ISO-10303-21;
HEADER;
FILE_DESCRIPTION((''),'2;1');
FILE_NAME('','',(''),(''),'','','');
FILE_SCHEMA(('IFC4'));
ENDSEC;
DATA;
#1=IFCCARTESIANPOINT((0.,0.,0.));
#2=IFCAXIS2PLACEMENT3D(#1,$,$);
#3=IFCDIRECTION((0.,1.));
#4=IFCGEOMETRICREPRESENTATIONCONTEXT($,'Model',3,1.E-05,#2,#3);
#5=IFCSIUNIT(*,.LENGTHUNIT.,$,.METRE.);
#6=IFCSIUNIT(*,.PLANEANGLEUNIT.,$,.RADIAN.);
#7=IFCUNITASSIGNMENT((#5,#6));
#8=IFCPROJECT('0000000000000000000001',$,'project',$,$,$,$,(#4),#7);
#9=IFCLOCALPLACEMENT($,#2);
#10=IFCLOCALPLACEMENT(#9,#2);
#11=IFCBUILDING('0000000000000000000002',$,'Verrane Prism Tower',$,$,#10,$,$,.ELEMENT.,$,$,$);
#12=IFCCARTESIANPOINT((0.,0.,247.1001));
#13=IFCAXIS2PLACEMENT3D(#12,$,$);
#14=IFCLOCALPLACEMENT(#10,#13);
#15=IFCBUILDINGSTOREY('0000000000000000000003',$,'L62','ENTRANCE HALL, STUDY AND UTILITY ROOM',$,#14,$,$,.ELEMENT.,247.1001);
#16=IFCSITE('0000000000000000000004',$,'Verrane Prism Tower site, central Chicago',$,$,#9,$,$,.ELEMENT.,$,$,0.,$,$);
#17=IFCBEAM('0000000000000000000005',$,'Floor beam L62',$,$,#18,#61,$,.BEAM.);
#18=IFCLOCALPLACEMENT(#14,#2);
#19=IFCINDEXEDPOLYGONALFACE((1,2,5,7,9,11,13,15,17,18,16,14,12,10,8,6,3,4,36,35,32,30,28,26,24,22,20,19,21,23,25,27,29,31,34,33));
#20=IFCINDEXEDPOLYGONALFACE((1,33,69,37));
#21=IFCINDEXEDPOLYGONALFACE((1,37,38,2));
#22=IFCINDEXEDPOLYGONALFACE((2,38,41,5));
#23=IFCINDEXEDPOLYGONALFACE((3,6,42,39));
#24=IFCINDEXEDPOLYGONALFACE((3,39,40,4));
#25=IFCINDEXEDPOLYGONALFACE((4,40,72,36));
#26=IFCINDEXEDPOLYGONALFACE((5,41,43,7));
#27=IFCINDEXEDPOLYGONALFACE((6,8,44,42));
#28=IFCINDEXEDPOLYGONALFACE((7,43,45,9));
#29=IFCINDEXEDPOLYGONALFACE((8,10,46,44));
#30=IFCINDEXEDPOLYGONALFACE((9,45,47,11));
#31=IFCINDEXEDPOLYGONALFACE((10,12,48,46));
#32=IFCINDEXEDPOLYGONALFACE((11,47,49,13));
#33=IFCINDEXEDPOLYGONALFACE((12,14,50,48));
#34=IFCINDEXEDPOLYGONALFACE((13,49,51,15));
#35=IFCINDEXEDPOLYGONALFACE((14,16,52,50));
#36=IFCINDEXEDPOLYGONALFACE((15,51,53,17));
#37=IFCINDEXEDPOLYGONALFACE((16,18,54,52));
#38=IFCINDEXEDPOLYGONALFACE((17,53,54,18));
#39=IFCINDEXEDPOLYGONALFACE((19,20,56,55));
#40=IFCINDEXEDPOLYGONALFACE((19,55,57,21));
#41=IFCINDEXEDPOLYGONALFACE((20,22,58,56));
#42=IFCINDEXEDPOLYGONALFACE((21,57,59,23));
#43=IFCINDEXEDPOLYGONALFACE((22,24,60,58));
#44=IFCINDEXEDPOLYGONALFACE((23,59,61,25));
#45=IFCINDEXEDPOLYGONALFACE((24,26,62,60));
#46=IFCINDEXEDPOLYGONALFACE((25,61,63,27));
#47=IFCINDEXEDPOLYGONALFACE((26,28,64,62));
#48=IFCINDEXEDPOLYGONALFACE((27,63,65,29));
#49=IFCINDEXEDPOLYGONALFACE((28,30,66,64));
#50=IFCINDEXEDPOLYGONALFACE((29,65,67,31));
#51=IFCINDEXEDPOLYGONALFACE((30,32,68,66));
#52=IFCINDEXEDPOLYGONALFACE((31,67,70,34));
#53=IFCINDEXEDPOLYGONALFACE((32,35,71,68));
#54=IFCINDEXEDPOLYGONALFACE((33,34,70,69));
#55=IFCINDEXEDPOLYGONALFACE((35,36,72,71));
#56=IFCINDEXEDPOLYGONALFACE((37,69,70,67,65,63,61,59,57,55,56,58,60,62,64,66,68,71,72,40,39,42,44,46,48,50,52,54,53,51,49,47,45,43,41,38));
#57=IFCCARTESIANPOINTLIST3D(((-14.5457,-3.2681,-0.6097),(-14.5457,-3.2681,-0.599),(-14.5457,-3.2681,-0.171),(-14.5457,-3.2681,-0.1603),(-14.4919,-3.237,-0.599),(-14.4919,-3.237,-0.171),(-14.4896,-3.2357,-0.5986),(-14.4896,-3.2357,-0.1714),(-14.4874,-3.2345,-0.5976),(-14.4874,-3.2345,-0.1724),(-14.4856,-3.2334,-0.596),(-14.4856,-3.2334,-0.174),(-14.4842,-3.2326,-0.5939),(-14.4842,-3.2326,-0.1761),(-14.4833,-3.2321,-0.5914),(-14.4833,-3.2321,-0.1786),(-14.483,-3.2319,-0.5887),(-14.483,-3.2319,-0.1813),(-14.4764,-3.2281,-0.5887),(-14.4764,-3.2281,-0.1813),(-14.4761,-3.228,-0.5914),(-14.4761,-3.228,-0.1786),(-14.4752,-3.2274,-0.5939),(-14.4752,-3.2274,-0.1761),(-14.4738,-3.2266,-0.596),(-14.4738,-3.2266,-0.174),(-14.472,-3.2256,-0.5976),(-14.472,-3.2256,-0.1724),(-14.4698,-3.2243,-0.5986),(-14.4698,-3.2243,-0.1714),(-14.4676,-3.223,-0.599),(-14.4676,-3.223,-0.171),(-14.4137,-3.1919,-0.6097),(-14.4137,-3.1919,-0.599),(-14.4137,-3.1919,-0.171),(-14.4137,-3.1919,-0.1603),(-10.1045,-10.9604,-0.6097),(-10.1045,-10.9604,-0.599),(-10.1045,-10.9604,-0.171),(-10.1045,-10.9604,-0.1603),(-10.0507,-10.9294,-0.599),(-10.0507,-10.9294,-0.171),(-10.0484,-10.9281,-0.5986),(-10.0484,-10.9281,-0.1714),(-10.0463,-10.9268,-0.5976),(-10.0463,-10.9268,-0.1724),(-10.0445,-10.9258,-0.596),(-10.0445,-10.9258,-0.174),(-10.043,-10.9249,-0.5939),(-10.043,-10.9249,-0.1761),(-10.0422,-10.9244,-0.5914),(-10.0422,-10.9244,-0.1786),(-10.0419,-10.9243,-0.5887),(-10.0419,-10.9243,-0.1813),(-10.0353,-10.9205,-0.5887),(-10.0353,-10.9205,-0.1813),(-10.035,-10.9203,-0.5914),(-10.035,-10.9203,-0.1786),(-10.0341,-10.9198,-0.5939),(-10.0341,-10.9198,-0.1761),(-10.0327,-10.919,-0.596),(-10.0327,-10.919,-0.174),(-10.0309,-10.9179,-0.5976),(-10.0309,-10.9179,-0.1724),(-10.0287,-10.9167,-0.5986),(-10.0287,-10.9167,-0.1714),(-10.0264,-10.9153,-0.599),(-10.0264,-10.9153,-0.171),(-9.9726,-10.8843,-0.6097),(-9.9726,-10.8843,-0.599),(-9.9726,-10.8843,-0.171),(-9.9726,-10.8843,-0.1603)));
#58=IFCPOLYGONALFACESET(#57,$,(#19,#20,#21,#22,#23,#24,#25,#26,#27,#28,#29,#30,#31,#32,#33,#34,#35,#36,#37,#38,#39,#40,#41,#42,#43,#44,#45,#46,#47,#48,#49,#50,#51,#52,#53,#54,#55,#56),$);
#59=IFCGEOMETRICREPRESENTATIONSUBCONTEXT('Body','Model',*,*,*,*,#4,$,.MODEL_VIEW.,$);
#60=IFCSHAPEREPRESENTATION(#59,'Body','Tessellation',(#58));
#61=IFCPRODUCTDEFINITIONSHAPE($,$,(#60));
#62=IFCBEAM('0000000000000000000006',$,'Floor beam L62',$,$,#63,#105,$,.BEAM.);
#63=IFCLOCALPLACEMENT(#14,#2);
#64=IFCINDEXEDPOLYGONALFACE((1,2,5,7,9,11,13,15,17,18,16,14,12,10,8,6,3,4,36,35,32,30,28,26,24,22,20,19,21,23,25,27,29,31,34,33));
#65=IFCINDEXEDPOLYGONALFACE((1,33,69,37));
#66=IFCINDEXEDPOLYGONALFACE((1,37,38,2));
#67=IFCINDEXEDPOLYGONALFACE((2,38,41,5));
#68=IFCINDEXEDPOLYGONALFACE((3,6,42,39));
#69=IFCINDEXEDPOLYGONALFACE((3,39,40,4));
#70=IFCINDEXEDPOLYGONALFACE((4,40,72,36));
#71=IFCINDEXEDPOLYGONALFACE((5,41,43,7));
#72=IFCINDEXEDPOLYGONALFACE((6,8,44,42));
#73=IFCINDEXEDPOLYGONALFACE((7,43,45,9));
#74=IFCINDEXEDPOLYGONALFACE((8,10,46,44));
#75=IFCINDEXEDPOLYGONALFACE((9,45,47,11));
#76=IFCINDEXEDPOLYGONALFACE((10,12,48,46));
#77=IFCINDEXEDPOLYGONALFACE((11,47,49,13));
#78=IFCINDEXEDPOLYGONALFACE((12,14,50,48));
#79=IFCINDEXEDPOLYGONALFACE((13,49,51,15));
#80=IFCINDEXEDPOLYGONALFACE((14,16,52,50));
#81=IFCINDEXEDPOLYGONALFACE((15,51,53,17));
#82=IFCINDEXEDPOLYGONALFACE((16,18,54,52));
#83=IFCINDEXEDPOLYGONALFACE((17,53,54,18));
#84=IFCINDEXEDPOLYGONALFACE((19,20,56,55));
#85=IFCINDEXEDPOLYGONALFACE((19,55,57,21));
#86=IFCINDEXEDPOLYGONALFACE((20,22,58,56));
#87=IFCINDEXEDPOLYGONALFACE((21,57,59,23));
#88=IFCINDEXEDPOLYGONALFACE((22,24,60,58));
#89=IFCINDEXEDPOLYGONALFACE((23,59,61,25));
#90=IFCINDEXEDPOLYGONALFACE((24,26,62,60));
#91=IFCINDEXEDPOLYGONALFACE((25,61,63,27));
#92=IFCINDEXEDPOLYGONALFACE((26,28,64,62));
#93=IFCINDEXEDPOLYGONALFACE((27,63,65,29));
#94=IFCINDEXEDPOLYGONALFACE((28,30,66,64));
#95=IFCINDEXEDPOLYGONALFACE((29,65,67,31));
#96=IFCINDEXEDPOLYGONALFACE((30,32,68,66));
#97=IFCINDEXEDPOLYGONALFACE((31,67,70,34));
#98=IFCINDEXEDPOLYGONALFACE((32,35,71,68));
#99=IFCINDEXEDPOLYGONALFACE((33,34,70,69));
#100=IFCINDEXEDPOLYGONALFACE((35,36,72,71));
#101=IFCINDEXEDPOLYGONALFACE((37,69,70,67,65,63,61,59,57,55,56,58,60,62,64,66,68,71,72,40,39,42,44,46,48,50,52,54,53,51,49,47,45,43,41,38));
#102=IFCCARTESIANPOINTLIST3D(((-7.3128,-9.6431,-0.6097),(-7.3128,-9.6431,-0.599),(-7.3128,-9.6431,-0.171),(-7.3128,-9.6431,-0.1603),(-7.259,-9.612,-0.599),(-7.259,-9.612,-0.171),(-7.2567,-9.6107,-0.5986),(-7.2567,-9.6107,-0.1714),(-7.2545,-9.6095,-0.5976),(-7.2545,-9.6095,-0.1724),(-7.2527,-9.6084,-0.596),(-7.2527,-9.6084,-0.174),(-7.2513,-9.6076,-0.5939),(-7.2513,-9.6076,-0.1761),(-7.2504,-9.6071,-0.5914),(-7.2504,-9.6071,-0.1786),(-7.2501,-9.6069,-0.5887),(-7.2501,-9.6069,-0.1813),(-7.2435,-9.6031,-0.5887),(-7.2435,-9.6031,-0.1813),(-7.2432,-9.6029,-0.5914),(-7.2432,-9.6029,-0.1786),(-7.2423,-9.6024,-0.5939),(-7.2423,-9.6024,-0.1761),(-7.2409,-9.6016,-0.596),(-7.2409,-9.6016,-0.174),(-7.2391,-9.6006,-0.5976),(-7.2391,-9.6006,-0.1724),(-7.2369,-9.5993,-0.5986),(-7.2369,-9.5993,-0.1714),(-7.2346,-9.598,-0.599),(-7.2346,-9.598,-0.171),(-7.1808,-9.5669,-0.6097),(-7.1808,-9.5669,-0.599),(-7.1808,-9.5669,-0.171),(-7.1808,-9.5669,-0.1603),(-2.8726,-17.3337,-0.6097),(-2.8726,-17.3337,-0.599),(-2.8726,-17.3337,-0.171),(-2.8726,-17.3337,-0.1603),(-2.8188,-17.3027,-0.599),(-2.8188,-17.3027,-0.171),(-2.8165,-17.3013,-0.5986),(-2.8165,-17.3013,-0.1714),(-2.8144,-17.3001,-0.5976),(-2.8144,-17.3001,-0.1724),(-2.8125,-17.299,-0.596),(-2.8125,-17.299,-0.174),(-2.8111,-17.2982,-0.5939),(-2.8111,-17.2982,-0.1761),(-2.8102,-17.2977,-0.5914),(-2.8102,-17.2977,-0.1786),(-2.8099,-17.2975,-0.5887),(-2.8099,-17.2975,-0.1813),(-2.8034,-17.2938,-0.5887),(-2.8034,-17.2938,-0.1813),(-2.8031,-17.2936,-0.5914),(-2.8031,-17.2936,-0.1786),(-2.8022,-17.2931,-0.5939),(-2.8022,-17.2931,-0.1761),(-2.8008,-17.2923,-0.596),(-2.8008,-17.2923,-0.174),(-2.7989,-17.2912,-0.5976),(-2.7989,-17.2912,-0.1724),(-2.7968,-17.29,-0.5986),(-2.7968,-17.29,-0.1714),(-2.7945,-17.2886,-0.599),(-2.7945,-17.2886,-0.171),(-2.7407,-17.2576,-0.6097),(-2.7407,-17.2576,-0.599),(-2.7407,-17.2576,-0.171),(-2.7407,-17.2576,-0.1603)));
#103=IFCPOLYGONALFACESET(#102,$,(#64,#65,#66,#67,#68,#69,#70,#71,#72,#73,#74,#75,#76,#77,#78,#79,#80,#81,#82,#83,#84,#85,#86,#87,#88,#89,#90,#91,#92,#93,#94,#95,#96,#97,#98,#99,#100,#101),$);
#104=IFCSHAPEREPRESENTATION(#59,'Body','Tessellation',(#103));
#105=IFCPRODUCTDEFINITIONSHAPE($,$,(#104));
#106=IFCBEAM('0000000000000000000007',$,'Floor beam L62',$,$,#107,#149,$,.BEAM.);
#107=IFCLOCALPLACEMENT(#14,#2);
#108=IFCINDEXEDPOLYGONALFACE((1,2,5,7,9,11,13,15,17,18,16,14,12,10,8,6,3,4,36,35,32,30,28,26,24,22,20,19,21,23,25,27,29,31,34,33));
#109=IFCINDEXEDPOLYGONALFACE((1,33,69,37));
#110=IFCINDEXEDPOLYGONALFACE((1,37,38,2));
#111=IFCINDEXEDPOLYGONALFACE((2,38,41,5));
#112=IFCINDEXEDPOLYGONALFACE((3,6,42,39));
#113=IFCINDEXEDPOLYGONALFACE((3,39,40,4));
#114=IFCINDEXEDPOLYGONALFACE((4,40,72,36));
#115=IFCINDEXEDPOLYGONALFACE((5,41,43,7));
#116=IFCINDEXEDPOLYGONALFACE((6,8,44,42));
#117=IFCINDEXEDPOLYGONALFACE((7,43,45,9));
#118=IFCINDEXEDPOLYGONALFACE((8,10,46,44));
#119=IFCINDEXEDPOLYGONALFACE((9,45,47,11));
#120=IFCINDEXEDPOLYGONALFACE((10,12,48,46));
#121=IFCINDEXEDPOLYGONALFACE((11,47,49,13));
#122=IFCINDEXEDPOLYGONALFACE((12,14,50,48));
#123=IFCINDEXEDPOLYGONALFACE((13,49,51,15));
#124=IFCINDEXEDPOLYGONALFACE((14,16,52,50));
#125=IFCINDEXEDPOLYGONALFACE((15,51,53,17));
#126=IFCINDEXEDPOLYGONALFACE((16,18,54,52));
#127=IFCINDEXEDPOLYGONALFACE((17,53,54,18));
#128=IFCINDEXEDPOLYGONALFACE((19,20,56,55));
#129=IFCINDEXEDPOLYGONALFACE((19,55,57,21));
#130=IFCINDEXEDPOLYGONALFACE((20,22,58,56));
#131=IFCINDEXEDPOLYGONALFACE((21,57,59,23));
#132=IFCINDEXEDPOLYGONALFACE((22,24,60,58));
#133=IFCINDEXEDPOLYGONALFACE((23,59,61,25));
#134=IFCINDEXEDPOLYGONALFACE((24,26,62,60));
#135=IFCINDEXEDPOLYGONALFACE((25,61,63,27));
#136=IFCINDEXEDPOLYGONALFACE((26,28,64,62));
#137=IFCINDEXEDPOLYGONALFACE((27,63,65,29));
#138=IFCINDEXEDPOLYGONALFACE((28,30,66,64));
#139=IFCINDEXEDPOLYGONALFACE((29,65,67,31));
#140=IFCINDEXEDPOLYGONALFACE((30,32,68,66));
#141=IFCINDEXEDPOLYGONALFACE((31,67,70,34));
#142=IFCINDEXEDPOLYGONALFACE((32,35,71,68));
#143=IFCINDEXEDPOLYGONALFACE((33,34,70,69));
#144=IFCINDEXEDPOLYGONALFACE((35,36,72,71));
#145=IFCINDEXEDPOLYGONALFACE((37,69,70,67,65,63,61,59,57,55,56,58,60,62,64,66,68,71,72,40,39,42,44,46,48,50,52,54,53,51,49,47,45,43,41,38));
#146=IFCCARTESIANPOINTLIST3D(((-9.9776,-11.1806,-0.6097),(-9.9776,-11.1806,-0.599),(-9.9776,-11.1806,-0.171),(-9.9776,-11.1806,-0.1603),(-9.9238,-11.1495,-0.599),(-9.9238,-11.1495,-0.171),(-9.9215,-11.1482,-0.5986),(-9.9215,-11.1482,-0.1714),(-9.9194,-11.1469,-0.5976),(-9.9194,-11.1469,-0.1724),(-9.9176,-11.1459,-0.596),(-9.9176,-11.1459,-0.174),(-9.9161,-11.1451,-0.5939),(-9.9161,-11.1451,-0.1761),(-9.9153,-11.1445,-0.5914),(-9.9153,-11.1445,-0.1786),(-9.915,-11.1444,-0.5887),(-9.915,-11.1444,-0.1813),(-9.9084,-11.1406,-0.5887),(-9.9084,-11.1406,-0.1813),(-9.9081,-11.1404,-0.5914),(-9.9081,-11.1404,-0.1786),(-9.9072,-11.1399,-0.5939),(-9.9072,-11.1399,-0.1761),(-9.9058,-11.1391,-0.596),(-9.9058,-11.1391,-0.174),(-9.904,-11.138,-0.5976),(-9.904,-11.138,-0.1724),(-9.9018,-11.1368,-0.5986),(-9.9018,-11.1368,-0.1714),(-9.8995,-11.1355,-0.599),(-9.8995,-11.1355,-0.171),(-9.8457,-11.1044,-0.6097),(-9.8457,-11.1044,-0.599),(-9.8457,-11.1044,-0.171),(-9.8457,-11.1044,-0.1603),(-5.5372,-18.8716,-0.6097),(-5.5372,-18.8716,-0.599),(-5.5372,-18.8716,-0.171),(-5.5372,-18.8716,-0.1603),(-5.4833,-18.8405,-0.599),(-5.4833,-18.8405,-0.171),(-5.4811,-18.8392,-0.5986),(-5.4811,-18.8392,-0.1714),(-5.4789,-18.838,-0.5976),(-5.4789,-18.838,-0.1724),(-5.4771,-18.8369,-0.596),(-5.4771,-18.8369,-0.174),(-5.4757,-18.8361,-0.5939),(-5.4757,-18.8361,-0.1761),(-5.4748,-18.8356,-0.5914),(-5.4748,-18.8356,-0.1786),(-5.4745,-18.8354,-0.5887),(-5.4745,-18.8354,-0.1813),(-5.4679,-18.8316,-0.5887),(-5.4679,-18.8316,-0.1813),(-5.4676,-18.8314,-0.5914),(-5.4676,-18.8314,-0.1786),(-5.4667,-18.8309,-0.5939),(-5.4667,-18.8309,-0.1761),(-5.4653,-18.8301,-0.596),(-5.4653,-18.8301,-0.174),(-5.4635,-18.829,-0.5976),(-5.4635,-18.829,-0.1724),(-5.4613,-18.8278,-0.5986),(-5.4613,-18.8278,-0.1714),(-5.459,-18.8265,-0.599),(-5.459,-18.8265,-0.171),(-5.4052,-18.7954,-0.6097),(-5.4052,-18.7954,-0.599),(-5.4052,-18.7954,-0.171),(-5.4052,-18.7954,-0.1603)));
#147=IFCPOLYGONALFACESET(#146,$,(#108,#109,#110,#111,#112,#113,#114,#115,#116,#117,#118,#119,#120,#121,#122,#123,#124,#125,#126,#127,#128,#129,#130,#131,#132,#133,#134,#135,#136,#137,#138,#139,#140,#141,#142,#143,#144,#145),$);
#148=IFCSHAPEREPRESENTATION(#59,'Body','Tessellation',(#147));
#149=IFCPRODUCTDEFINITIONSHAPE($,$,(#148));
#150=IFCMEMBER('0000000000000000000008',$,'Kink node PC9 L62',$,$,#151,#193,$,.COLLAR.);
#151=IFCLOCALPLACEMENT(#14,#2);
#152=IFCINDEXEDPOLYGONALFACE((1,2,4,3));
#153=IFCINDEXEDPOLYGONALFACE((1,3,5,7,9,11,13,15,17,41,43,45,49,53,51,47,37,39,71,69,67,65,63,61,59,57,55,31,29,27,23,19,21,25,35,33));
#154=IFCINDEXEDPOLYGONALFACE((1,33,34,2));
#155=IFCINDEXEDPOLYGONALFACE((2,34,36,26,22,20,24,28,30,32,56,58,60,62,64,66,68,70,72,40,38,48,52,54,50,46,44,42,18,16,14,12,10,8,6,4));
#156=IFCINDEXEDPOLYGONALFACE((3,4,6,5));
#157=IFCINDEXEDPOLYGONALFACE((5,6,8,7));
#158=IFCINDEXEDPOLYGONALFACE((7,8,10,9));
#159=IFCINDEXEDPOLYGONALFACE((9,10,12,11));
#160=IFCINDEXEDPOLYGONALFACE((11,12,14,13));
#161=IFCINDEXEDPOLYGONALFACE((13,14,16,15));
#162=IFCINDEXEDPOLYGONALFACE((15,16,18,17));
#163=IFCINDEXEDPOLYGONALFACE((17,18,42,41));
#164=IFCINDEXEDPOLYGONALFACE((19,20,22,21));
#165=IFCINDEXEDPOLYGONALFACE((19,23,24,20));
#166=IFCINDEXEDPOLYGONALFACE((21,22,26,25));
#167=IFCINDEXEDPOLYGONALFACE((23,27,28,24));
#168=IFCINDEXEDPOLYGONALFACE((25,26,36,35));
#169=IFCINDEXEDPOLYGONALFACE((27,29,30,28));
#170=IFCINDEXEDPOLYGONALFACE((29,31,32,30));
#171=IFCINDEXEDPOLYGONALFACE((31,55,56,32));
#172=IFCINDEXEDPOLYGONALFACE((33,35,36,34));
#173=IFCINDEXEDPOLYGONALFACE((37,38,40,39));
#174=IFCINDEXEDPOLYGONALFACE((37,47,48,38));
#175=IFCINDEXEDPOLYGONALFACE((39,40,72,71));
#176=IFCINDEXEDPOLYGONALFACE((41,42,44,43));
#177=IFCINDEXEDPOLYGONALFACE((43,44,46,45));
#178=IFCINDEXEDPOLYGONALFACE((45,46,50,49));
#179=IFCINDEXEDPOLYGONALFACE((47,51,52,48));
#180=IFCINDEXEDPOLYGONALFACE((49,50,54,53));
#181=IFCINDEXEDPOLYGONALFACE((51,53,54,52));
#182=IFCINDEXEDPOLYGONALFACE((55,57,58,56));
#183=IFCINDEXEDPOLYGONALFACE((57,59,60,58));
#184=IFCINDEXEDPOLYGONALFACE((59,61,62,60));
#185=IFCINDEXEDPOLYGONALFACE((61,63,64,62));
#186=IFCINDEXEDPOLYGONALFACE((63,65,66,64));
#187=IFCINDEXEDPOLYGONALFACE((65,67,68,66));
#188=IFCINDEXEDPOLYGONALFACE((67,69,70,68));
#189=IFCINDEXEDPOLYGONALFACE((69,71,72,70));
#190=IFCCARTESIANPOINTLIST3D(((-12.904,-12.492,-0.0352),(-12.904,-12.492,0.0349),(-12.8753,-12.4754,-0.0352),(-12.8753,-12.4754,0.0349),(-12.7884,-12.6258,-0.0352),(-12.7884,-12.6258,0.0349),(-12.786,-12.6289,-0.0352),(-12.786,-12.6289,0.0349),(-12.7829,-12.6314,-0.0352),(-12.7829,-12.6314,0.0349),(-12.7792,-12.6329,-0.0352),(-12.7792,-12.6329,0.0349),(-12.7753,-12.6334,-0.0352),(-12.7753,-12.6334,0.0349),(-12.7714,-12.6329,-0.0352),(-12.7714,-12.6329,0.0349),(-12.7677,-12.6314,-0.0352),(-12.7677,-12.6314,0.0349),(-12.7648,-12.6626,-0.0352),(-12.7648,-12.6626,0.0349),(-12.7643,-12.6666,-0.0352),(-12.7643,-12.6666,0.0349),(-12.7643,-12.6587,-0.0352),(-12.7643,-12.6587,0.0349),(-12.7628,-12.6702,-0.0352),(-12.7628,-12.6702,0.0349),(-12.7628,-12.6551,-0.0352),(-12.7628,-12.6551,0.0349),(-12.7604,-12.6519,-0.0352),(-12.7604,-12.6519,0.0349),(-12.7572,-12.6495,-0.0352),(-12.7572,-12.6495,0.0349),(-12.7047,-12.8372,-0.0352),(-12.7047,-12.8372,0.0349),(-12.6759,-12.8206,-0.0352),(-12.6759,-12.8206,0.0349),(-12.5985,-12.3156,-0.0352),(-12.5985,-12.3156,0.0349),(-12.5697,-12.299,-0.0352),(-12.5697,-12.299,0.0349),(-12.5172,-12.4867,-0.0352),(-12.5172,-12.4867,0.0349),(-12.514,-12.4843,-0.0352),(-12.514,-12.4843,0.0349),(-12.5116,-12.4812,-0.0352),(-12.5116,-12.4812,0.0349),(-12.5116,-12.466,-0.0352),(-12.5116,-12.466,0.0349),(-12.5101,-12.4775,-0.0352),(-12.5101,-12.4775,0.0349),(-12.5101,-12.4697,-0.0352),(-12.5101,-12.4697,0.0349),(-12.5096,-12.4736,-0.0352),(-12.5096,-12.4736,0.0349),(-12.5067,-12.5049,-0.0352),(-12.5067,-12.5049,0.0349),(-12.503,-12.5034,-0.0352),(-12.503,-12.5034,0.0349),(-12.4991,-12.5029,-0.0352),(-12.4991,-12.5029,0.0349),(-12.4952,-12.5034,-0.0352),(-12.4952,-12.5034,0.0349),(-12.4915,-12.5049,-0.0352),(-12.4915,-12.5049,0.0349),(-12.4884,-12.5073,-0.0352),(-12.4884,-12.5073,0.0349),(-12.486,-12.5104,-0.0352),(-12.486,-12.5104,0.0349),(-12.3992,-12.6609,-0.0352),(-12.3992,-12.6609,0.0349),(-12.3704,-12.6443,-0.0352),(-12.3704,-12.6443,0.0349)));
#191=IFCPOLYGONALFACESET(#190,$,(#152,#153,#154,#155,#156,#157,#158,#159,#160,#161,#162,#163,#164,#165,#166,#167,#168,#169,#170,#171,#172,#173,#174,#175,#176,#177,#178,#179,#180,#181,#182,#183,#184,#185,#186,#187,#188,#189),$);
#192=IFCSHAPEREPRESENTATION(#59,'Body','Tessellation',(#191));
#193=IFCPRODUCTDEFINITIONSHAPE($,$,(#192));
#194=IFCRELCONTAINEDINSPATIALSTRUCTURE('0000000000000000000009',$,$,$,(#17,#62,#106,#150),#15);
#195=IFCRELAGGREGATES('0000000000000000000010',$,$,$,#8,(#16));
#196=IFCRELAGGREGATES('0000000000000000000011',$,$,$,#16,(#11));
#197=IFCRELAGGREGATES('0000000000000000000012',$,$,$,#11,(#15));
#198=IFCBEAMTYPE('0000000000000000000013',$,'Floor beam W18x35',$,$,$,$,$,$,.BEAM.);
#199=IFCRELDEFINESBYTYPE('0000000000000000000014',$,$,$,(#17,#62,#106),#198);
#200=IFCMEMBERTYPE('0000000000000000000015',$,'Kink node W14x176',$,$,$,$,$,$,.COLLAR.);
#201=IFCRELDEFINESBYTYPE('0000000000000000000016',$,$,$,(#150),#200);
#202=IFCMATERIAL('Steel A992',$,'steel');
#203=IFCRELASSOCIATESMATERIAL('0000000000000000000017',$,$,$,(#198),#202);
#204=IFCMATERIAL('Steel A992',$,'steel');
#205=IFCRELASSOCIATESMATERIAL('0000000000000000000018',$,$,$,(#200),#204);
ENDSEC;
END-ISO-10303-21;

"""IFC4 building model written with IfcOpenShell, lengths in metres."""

from ifc_helpers import new_model, si_unit, direction, frame, origin, origin_2d, place, context, subcontext, project, spatial, i_section, extrude, material, material_profile, profile_set, type_object, element, save


model = new_model("IFC4")

# Units and contexts
model_context = context("Model", 3, precision=1e-05, world=origin(), true_north=direction((0.0, 1.0)))
body_context = subcontext(model_context, "Body", "Model", "MODEL_VIEW")
ifc_project = project(units=[si_unit("LENGTHUNIT", "METRE"), si_unit("PLANEANGLEUNIT", "RADIAN")], contexts=[model_context])

# Site, building, storey
site_placement = place(None, origin())
site = spatial("IfcSite", under=ifc_project, at=site_placement, Name="Verrane Prism Tower site, central Chicago", CompositionType="ELEMENT", RefElevation=0.0)
building_placement = place(site_placement, origin())
building = spatial("IfcBuilding", under=site, at=building_placement, Name="Verrane Prism Tower", CompositionType="ELEMENT")
storey_placement = place(building_placement, frame((0.0, 0.0, 247.1001)))
storey = spatial("IfcBuildingStorey", under=building, at=storey_placement, Name="L62", Description="ENTRANCE HALL, STUDY AND UTILITY ROOM", CompositionType="ELEMENT", Elevation=247.1001)

# Beams
ifc_material_1 = material(Name="Steel A992", Category="steel")
ifc_material_profile_1 = material_profile(ifc_material_1, i_section(OverallWidth=0.1523, OverallDepth=0.4495, WebThickness=0.0076, FlangeThickness=0.0107, FilletRadius=0.0103, at=origin_2d()), Name="W18x35")
ifc_profile_set_1 = profile_set([ifc_material_profile_1], Name="Steel A992")
beam_type_1 = type_object("IfcBeamType", Name="Floor beam W18x35", PredefinedType="BEAM", material=ifc_profile_set_1)
beam_1_placement = place(storey_placement, frame((-10.0386, -10.9224, -0.385), z_axis=(-0.499997, 0.866027, 0.0), x_axis=(-0.866027, -0.499997, 0.0)))
element("IfcBeam", 1, at=beam_1_placement, inside=storey, type_object=beam_type_1, Name="Floor beam L62", PredefinedType="BEAM", context=body_context, shape_type="SweptSolid", body=[
    extrude(i_section(OverallWidth=0.1523, OverallDepth=0.4495, WebThickness=0.0076, FlangeThickness=0.0107, FilletRadius=0.0103, at=origin_2d()), origin(), (0.0, 0.0, 1.0), 8.8823),
])
beam_2_placement = place(storey_placement, frame((-2.8066, -17.2957, -0.385), z_axis=(-0.499998, 0.866027, 0.0), x_axis=(-0.866027, -0.499998, 0.0)))
element("IfcBeam", 2, at=beam_2_placement, inside=storey, type_object=beam_type_1, Name="Floor beam L62", PredefinedType="BEAM", context=body_context, shape_type="SweptSolid", body=[
    extrude(i_section(OverallWidth=0.1523, OverallDepth=0.4495, WebThickness=0.0076, FlangeThickness=0.0107, FilletRadius=0.0103, at=origin_2d()), origin(), (0.0, 0.0, 1.0), 8.8804),
])
beam_3_placement = place(storey_placement, frame((-5.4712, -18.8335, -0.385), z_axis=(-0.500006, 0.866022, 0.0), x_axis=(-0.866022, -0.500006, 0.0)))
element("IfcBeam", 3, at=beam_3_placement, inside=storey, type_object=beam_type_1, Name="Floor beam L62", PredefinedType="BEAM", context=body_context, shape_type="SweptSolid", body=[
    extrude(i_section(OverallWidth=0.1523, OverallDepth=0.4495, WebThickness=0.0076, FlangeThickness=0.0107, FilletRadius=0.0103, at=origin_2d()), origin(), (0.0, 0.0, 1.0), 8.8809),
])

# Member
ifc_material_2 = material(Name="Steel A992", Category="steel")
ifc_material_profile_2 = material_profile(ifc_material_2, i_section(OverallWidth=0.3987, OverallDepth=0.386, WebThickness=0.021, FlangeThickness=0.0332, FilletRadius=0.0151, at=origin_2d()), Name="W14x176")
ifc_profile_set_2 = profile_set([ifc_material_profile_2], Name="Steel A992")
member_type_1 = type_object("IfcMemberType", Name="Kink node W14x176", PredefinedType="COLLAR", material=ifc_profile_set_2)
member_1_placement = place(storey_placement, frame((-12.6372, -12.5681, -0.0352), z_axis=(0.0, 0.0, 1.0), x_axis=(-0.5, 0.866025, 0.0)))
element("IfcMember", 4, at=member_1_placement, inside=storey, type_object=member_type_1, Name="Kink node PC9 L62", PredefinedType="COLLAR", context=body_context, shape_type="SweptSolid", body=[
    extrude(i_section(OverallWidth=0.3987, OverallDepth=0.386, WebThickness=0.021, FlangeThickness=0.0332, FilletRadius=0.0151, at=origin_2d()), origin(), (0.0, 0.0, 1.0), 0.0701),
])

save(model, "model.ifc")
